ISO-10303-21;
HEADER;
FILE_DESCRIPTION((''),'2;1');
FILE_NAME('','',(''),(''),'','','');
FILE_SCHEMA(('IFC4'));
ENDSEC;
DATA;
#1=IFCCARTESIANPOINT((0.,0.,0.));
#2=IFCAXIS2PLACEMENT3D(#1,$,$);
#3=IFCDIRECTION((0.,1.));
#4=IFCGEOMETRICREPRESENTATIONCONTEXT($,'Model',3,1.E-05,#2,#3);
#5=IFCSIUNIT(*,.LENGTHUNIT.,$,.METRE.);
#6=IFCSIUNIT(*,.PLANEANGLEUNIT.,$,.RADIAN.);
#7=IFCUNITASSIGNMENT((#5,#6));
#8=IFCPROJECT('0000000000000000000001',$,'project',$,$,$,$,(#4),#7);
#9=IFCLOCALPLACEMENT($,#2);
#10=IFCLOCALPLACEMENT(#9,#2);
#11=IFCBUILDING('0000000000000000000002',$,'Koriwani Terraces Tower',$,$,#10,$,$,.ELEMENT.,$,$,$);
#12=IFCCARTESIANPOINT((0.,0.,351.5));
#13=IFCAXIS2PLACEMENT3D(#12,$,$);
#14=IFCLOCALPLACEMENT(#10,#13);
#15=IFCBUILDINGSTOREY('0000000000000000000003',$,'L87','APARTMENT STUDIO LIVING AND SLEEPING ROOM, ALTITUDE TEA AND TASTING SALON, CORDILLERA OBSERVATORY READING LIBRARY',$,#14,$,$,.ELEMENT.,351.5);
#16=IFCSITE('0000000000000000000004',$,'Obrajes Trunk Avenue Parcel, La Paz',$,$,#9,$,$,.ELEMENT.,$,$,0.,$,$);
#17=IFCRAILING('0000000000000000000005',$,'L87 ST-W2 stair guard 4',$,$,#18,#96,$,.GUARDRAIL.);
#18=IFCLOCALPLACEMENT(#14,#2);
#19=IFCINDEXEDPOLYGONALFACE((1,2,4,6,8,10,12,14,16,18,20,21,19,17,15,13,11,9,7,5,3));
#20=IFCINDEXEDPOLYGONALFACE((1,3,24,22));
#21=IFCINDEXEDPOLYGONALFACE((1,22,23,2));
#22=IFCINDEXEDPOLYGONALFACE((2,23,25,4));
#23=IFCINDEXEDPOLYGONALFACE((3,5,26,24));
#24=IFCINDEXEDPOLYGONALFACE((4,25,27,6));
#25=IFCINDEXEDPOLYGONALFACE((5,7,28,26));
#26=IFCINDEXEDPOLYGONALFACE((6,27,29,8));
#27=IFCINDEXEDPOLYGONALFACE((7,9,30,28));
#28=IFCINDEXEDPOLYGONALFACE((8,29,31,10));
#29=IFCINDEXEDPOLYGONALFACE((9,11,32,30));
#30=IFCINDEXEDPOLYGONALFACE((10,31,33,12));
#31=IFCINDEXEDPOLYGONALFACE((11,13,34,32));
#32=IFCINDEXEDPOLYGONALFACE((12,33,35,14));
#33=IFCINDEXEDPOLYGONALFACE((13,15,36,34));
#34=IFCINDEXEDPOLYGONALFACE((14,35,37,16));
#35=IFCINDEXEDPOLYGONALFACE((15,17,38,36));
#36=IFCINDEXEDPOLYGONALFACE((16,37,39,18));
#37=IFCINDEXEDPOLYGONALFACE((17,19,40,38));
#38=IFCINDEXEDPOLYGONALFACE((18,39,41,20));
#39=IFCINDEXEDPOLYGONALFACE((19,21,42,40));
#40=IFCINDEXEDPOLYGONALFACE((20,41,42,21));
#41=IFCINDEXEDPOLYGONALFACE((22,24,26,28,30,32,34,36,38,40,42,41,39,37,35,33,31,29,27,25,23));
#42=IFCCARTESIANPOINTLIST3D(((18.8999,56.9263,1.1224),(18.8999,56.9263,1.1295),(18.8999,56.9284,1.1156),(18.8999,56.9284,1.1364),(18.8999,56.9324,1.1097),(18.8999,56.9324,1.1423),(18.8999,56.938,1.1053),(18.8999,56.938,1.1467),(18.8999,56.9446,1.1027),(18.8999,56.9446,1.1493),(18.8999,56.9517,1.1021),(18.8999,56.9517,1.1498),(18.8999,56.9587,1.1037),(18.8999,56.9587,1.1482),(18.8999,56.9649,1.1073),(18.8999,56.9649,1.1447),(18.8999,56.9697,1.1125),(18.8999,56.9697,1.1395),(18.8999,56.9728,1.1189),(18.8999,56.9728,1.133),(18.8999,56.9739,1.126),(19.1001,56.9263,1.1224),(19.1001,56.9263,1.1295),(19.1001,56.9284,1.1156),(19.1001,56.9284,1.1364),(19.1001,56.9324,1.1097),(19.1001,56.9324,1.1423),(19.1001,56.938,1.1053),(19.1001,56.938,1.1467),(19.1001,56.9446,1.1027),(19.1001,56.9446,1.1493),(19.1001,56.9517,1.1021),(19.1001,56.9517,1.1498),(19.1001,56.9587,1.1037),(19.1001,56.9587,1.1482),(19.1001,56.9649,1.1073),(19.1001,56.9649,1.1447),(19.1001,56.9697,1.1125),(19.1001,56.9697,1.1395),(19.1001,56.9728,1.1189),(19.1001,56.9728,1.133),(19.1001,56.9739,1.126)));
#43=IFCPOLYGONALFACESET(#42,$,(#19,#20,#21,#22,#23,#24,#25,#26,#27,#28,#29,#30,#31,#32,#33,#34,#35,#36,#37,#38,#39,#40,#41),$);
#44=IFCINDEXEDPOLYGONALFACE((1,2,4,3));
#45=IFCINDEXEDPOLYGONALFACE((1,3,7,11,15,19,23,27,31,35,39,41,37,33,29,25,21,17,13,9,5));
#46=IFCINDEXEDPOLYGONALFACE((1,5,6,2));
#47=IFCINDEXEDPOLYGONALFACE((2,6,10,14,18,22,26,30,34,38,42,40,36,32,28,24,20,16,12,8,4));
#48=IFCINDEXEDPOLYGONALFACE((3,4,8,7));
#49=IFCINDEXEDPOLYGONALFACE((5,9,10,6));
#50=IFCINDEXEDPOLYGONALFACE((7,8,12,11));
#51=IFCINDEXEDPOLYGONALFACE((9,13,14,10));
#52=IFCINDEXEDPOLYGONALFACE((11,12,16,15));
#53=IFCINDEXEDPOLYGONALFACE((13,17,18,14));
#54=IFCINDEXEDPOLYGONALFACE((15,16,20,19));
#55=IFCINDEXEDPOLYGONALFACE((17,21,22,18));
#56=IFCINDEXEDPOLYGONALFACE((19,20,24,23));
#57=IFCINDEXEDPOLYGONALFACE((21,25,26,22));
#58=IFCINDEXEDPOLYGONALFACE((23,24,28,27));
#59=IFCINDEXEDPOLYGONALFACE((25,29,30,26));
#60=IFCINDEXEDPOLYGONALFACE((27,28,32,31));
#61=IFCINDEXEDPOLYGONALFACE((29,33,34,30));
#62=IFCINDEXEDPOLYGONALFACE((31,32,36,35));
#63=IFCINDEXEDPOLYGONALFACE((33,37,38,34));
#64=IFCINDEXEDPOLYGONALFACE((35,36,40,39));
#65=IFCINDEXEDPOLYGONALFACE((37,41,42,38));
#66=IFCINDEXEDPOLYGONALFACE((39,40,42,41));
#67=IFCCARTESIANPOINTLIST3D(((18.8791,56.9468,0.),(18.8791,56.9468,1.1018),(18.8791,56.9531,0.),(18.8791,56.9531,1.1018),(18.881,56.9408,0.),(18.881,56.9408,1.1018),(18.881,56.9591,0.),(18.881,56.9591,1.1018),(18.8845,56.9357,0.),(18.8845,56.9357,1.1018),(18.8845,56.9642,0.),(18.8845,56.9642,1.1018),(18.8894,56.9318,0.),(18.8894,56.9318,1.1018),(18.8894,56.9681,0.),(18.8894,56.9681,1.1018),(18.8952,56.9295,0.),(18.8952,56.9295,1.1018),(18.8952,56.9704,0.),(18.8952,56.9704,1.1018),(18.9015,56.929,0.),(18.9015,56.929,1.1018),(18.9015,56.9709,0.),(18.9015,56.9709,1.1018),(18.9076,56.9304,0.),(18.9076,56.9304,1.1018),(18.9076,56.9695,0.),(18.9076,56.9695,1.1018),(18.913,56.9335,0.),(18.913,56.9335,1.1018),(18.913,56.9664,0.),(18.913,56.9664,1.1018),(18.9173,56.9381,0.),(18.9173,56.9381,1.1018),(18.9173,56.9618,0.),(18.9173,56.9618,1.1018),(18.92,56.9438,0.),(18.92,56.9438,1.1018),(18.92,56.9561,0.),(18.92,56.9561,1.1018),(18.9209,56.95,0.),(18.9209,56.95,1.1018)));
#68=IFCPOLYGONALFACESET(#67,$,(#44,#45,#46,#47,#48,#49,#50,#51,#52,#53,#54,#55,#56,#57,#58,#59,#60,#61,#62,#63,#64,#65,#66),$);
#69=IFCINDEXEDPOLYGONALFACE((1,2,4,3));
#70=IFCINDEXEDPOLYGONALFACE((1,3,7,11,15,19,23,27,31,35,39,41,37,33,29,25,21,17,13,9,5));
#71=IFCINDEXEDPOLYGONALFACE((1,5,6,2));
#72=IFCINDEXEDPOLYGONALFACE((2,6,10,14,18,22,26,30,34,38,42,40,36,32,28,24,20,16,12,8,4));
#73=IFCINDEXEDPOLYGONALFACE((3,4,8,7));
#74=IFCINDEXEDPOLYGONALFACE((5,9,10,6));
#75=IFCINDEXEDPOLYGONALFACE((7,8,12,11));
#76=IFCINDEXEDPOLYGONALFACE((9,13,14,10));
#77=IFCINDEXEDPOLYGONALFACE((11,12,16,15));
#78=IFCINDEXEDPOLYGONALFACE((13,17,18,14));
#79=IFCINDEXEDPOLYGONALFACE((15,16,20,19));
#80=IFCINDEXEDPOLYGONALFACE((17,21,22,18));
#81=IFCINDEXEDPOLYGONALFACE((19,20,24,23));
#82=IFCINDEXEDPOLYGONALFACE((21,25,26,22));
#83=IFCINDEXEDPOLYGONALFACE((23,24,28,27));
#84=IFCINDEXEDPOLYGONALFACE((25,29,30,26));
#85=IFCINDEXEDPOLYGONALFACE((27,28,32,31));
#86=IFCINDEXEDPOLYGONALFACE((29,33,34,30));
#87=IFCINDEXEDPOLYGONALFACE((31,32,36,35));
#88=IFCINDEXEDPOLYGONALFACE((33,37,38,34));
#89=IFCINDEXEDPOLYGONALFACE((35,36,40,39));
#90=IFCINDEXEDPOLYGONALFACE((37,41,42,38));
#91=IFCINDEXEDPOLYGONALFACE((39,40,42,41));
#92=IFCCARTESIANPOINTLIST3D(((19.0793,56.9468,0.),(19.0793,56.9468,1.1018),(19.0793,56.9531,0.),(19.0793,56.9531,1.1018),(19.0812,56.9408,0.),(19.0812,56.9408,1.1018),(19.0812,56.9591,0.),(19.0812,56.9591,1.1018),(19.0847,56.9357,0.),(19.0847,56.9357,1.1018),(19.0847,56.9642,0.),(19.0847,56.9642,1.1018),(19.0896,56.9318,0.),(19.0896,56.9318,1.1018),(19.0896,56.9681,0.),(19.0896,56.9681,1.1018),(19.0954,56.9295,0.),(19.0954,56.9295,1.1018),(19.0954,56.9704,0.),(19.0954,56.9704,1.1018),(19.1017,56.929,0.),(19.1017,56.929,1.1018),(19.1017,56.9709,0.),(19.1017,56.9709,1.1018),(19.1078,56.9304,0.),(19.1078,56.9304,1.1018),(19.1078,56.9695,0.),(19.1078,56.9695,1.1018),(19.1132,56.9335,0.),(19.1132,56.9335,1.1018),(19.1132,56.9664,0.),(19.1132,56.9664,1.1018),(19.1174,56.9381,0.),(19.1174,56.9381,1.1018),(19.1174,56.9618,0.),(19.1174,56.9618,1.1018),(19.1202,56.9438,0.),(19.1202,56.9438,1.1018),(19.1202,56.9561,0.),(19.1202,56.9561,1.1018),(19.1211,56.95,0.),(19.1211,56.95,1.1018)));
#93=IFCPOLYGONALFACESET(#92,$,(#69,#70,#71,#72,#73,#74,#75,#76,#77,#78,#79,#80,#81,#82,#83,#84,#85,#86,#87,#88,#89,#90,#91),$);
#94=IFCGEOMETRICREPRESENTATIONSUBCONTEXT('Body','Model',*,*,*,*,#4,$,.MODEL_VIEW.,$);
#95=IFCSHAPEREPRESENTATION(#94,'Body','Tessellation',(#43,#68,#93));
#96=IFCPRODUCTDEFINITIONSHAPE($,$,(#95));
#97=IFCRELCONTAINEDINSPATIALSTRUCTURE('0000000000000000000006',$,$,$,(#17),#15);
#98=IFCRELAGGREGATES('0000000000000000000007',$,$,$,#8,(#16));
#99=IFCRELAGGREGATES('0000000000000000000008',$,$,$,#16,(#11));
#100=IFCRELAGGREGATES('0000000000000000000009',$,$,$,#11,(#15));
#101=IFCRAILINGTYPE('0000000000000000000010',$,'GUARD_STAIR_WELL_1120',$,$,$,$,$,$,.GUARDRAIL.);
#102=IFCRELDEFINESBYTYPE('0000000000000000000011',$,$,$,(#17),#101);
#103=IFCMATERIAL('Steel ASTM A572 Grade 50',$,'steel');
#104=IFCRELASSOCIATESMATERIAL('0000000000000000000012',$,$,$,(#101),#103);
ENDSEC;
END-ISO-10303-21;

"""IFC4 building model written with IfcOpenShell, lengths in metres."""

from ifc_helpers import new_model, si_unit, direction, frame, origin, origin_2d, place, context, subcontext, project, spatial, circle, extrude, material, type_object, element, save


model = new_model("IFC4")

# Units and contexts
model_context = context("Model", 3, precision=1e-05, world=origin(), true_north=direction((0.0, 1.0)))
body_context = subcontext(model_context, "Body", "Model", "MODEL_VIEW")
ifc_project = project(units=[si_unit("LENGTHUNIT", "METRE"), si_unit("PLANEANGLEUNIT", "RADIAN")], contexts=[model_context])

# Site, building, storey
site_placement = place(None, origin())
site = spatial("IfcSite", under=ifc_project, at=site_placement, Name="Obrajes Trunk Avenue Parcel, La Paz", CompositionType="ELEMENT", RefElevation=0.0)
building_placement = place(site_placement, origin())
building = spatial("IfcBuilding", under=site, at=building_placement, Name="Koriwani Terraces Tower", CompositionType="ELEMENT")
storey_placement = place(building_placement, frame((0.0, 0.0, 351.5)))
storey = spatial("IfcBuildingStorey", under=building, at=storey_placement, Name="L87", Description="APARTMENT STUDIO LIVING AND SLEEPING ROOM, ALTITUDE TEA AND TASTING SALON, CORDILLERA OBSERVATORY READING LIBRARY", CompositionType="ELEMENT", Elevation=351.5)

# Shared definitions
ifc_material_1 = material(Name="Steel ASTM A572 Grade 50", Category="steel")

# Railing
railing_type_1 = type_object("IfcRailingType", Name="GUARD_STAIR_WELL_1120", PredefinedType="GUARDRAIL", material=ifc_material_1)
railing_1_placement = place(storey_placement, frame((18.8999, 56.95, 0.0)))
element("IfcRailing", 1, at=railing_1_placement, inside=storey, type_object=railing_type_1, Name="L87 ST-W2 stair guard 4", PredefinedType="GUARDRAIL", context=body_context, shape_type="SweptSolid", body=[
    extrude(circle(Radius=0.0239, at=origin_2d()), frame((0.0, 0.0, 1.126), z_axis=(1.0, 0.0, 0.0), x_axis=(0.0, 1.0, 0.0)), (0.0, 0.0, 1.0), 0.2002),
    extrude(circle(Radius=0.021, at=origin_2d()), origin(), (0.0, 0.0, 1.0), 1.1018),
    extrude(circle(Radius=0.021, at=origin_2d()), frame((0.2002, 0.0, 0.0)), (0.0, 0.0, 1.0), 1.1018),
])

save(model, "model.ifc")
